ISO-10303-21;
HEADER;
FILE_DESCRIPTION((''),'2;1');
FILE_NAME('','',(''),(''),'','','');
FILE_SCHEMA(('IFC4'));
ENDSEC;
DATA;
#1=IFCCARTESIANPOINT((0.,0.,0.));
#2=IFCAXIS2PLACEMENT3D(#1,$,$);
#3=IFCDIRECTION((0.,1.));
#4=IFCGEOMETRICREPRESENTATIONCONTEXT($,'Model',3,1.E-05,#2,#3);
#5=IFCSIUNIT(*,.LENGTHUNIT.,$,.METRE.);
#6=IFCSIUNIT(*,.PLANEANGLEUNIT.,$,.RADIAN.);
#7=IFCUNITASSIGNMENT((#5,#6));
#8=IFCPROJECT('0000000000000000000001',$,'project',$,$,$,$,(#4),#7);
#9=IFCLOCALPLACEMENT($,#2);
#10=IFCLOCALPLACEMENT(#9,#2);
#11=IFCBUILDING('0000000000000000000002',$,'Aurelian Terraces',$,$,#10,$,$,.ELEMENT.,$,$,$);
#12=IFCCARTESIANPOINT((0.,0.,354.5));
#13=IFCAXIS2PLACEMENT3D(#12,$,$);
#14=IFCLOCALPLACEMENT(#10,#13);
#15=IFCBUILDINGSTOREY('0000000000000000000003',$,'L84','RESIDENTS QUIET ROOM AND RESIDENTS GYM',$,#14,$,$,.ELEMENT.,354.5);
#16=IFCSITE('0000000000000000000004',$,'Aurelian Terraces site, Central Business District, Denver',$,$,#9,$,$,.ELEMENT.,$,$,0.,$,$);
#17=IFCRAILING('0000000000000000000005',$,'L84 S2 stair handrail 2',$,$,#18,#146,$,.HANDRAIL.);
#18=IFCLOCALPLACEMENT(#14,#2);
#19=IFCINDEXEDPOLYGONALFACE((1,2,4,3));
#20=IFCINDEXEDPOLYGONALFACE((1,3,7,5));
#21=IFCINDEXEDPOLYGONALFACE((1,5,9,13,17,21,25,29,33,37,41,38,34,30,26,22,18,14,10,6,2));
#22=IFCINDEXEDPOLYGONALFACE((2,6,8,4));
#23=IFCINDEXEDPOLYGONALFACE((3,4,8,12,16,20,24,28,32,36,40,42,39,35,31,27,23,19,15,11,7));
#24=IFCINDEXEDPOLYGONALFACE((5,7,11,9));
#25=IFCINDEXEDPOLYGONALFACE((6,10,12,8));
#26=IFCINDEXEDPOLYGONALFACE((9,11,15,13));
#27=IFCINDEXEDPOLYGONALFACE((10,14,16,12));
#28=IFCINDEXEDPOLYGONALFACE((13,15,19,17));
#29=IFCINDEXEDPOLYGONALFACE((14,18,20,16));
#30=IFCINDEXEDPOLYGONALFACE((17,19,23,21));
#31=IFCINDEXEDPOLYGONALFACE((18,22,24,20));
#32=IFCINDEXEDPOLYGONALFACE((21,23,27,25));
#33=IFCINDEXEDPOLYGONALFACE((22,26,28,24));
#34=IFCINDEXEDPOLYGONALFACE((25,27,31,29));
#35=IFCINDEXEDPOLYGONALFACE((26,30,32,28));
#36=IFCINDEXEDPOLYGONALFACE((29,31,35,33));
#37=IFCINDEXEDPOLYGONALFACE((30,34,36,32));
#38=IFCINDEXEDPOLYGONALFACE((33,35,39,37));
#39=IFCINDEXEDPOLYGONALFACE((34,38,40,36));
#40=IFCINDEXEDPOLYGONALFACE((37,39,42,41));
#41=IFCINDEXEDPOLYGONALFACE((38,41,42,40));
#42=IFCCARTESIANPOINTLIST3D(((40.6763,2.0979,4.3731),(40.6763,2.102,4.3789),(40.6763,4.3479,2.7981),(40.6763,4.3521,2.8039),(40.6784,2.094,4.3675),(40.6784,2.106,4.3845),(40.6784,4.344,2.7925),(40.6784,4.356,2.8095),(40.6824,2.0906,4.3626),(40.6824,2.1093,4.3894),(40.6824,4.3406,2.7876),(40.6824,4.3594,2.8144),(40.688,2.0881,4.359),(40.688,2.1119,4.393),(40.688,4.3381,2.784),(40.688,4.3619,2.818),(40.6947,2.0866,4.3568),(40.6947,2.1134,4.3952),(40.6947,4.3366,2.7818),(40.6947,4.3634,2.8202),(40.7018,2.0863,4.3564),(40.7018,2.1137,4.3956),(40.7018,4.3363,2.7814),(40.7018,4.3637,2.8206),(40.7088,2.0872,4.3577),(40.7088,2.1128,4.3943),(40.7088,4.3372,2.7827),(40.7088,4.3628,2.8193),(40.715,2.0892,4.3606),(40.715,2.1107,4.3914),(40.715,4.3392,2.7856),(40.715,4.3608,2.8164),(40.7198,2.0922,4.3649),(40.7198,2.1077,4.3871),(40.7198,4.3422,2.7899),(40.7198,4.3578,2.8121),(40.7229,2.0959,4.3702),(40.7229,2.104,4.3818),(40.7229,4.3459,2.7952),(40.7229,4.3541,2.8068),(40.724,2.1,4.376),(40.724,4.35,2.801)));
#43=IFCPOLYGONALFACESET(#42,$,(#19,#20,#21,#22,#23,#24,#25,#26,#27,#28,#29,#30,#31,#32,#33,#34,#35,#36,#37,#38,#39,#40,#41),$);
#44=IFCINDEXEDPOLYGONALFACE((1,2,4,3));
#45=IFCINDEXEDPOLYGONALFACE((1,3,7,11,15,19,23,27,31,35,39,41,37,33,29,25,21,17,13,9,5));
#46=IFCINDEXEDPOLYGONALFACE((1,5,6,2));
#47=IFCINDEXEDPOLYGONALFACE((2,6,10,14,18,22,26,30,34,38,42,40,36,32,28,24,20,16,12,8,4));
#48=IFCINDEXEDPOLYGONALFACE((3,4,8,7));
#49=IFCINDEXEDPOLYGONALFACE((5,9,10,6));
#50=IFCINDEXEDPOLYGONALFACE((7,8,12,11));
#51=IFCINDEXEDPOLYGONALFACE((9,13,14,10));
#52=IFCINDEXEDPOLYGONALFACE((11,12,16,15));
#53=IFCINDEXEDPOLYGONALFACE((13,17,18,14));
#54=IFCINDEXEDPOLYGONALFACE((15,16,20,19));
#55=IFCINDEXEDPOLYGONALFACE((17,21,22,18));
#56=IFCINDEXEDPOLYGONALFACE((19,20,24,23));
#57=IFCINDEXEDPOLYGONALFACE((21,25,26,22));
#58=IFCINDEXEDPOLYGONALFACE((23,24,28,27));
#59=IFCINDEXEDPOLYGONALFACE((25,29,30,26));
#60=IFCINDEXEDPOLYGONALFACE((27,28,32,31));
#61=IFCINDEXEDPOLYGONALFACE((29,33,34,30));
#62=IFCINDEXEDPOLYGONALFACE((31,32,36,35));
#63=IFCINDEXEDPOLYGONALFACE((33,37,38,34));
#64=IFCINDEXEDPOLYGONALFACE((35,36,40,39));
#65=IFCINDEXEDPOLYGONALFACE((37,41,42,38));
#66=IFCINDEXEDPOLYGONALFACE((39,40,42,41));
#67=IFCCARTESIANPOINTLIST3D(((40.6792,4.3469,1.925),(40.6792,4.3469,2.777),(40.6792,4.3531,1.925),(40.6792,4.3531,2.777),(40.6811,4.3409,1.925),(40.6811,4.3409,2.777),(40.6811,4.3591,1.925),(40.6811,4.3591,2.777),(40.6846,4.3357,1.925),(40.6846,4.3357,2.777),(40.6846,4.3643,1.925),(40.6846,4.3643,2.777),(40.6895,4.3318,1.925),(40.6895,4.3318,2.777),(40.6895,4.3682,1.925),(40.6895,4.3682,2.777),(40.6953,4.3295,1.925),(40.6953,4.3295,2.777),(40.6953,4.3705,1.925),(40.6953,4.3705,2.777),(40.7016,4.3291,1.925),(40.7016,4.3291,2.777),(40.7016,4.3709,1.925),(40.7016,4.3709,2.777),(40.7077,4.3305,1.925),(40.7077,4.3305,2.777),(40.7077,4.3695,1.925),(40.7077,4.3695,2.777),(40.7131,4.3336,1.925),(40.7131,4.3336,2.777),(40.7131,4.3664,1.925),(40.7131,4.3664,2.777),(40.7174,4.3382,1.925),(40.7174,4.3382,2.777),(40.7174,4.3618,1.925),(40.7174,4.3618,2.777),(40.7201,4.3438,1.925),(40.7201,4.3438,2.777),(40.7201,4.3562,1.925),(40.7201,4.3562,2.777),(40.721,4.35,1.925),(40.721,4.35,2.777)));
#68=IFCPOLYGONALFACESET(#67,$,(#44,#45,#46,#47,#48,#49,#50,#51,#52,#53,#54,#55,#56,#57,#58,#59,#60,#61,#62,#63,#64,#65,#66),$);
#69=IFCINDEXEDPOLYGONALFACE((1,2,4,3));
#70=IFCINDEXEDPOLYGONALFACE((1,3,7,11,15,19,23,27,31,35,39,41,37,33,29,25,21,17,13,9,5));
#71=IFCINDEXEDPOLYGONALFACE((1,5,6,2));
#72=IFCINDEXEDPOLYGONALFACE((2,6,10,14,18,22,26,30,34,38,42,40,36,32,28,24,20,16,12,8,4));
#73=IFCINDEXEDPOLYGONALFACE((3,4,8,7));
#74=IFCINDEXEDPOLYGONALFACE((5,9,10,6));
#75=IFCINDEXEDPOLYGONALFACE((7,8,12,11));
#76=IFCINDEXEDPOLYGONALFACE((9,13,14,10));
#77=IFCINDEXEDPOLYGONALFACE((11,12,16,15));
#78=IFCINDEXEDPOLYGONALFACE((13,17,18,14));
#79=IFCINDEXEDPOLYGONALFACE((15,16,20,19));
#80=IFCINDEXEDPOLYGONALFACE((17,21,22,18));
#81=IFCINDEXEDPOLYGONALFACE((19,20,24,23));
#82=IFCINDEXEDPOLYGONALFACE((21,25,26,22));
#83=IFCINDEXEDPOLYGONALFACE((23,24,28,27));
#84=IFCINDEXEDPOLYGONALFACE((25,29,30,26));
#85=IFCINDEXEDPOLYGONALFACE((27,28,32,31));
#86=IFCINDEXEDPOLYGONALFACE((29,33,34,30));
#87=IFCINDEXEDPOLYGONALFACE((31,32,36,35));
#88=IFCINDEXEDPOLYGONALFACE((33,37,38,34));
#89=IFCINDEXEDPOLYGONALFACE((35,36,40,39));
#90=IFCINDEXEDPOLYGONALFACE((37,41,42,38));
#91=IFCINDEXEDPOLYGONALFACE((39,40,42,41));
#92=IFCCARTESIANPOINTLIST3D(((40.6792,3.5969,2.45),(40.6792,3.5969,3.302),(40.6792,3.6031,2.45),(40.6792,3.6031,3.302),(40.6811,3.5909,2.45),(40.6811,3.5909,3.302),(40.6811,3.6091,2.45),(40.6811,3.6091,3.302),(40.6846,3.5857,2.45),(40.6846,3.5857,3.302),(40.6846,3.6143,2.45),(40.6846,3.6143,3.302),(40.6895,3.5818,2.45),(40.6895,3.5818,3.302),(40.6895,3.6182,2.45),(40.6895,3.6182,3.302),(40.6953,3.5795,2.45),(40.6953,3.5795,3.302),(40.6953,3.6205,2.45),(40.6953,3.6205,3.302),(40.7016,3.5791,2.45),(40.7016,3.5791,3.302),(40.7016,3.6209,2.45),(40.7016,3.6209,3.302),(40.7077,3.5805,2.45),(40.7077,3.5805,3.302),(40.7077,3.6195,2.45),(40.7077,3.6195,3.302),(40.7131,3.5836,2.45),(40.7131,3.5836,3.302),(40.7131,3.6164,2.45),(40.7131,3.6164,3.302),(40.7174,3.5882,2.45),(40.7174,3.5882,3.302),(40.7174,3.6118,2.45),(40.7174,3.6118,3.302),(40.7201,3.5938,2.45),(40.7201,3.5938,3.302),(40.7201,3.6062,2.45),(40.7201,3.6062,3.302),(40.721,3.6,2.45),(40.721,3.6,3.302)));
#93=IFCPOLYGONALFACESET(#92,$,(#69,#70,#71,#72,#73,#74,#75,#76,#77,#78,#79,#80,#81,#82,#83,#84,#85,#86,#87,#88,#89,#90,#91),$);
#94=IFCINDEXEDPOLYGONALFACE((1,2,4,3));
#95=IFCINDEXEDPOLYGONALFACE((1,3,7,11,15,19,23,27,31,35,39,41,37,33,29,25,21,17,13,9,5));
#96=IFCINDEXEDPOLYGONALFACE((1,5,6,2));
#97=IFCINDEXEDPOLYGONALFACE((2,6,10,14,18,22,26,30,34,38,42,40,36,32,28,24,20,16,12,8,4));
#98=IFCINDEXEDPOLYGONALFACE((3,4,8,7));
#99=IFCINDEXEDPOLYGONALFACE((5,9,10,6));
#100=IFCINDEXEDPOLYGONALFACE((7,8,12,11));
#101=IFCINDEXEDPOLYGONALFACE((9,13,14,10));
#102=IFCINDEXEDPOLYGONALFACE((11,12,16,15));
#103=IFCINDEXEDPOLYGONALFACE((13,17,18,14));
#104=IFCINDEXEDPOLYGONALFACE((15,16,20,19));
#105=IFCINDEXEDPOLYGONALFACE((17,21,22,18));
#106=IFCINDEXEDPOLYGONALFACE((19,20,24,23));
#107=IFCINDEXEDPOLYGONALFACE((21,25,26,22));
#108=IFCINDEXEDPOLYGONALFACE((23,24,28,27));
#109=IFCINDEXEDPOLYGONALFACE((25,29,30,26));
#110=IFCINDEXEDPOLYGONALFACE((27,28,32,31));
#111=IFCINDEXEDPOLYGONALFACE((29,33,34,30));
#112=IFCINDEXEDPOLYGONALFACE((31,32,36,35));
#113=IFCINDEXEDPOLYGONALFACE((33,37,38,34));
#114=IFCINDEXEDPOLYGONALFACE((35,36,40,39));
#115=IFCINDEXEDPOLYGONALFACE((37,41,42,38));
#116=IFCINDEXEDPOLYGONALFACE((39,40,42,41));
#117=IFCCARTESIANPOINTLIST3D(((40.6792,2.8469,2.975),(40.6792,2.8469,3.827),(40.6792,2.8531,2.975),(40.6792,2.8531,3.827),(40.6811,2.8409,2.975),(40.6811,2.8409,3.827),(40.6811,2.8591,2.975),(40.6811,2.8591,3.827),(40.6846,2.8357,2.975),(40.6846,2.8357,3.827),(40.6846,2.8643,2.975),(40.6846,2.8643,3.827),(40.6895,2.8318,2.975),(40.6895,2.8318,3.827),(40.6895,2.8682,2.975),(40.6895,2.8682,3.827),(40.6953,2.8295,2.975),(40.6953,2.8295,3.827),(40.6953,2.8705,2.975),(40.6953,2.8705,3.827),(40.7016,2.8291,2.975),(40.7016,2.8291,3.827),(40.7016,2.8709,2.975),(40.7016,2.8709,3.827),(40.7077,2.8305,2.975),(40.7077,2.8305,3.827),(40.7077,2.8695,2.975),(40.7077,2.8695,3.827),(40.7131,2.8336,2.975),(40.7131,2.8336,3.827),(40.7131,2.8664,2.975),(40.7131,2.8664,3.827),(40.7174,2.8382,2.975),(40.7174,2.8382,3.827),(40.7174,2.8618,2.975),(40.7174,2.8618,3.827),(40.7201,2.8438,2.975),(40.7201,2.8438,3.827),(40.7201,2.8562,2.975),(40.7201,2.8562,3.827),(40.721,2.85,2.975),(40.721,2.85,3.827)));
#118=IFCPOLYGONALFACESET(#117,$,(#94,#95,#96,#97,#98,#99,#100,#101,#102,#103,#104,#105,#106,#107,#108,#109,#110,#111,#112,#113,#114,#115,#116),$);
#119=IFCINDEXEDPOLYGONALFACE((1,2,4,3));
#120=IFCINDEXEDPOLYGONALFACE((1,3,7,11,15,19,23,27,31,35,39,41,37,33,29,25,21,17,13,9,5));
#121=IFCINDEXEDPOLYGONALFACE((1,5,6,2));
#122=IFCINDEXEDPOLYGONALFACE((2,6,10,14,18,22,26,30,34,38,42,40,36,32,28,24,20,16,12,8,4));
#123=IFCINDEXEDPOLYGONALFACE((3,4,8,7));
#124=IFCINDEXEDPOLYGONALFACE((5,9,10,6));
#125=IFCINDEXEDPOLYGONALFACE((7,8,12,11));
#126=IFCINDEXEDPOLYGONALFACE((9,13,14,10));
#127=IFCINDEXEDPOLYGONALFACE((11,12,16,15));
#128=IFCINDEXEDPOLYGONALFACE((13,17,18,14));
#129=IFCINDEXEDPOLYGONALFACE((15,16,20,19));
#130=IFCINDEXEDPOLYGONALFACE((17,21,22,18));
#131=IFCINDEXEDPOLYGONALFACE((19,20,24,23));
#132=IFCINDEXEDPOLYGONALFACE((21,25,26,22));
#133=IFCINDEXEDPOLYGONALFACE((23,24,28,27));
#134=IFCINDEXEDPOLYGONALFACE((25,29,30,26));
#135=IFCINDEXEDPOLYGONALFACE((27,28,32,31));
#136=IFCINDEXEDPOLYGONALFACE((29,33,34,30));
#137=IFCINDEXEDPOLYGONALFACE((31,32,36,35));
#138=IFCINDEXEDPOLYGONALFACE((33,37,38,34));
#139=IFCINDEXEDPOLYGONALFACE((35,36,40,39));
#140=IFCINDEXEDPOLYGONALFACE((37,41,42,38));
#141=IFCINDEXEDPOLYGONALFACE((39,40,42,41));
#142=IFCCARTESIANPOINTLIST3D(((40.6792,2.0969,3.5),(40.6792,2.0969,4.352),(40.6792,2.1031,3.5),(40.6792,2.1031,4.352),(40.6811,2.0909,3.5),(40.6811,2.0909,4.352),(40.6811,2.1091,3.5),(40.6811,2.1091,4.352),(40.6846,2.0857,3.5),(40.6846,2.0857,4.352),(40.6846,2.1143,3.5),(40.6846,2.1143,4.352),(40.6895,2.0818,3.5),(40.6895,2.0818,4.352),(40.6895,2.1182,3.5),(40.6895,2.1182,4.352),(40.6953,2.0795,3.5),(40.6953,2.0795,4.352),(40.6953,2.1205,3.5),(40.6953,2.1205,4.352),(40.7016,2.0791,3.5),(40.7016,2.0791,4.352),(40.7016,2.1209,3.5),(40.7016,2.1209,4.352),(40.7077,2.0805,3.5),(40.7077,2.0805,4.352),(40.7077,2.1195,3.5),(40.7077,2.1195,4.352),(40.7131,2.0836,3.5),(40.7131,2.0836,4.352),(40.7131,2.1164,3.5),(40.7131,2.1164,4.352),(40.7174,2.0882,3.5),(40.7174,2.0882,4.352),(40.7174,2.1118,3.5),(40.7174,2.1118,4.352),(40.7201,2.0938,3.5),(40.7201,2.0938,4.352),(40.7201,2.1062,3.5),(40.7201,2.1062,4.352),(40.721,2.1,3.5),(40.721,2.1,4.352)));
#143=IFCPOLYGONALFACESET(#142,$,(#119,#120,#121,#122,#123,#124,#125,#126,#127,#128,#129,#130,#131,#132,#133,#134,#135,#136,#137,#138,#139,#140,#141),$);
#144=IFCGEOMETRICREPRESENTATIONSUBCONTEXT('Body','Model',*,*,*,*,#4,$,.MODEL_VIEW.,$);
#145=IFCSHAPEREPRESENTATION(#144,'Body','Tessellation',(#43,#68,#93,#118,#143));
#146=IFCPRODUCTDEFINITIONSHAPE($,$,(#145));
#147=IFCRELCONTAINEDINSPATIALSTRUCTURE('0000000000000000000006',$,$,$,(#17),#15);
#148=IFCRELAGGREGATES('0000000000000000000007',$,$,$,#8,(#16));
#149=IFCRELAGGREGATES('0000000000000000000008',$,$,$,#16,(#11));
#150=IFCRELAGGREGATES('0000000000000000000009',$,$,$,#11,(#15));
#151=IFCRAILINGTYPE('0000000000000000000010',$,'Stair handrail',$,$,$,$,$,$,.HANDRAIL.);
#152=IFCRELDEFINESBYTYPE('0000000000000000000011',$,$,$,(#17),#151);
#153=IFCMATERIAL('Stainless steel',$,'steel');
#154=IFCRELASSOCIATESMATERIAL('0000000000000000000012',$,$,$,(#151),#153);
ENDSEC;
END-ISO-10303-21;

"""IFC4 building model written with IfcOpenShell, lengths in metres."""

from ifc_helpers import new_model, si_unit, direction, frame, origin, origin_2d, place, context, subcontext, project, spatial, circle, extrude, source, transform, mapped, material, type_object, element, save


model = new_model("IFC4")

# Units and contexts
model_context = context("Model", 3, precision=1e-05, world=origin(), true_north=direction((0.0, 1.0)))
body_context = subcontext(model_context, "Body", "Model", "MODEL_VIEW")
ifc_project = project(units=[si_unit("LENGTHUNIT", "METRE"), si_unit("PLANEANGLEUNIT", "RADIAN")], contexts=[model_context])

# Site, building, storey
site_placement = place(None, origin())
site = spatial("IfcSite", under=ifc_project, at=site_placement, Name="Aurelian Terraces site, Central Business District, Denver", CompositionType="ELEMENT", RefElevation=0.0)
building_placement = place(site_placement, origin())
building = spatial("IfcBuilding", under=site, at=building_placement, Name="Aurelian Terraces", CompositionType="ELEMENT")
storey_placement = place(building_placement, frame((0.0, 0.0, 354.5)))
storey = spatial("IfcBuildingStorey", under=building, at=storey_placement, Name="L84", Description="RESIDENTS QUIET ROOM AND RESIDENTS GYM", CompositionType="ELEMENT", Elevation=354.5)

# Railing
ifc_material_1 = material(Name="Stainless steel", Category="steel")
railing_type_1 = type_object("IfcRailingType", Name="Stair handrail", PredefinedType="HANDRAIL", material=ifc_material_1)
shared_shape_1 = source(origin(), body_context, "Body", "SweptSolid", [
    extrude(circle(Radius=0.024, at=origin_2d()), frame((0.0, 0.0, 0.876), z_axis=(0.0, -0.819232, 0.573462), x_axis=(1.0, 0.0, 0.0)), (0.0, 0.0, 1.0), 2.7465),
    extrude(circle(Radius=0.021, at=origin_2d()), origin(), (0.0, 0.0, 1.0), 0.852),
    extrude(circle(Radius=0.021, at=origin_2d()), frame((0.0, -0.75, 0.525)), (0.0, 0.0, 1.0), 0.852),
    extrude(circle(Radius=0.021, at=origin_2d()), frame((0.0, -1.5, 1.05)), (0.0, 0.0, 1.0), 0.852),
    extrude(circle(Radius=0.021, at=origin_2d()), frame((0.0, -2.25, 1.575)), (0.0, 0.0, 1.0), 0.852),
])
railing_1_placement = place(storey_placement, frame((40.7, 4.35, 1.925)))
element("IfcRailing", 1, at=railing_1_placement, inside=storey, type_object=railing_type_1, Name="L84 S2 stair handrail 2", PredefinedType="HANDRAIL", context=body_context, shape_type="MappedRepresentation", body=[
    mapped(shared_shape_1, transform((0.0, 0.0, 0.0), scale=1.0)),
])

save(model, "model.ifc")
